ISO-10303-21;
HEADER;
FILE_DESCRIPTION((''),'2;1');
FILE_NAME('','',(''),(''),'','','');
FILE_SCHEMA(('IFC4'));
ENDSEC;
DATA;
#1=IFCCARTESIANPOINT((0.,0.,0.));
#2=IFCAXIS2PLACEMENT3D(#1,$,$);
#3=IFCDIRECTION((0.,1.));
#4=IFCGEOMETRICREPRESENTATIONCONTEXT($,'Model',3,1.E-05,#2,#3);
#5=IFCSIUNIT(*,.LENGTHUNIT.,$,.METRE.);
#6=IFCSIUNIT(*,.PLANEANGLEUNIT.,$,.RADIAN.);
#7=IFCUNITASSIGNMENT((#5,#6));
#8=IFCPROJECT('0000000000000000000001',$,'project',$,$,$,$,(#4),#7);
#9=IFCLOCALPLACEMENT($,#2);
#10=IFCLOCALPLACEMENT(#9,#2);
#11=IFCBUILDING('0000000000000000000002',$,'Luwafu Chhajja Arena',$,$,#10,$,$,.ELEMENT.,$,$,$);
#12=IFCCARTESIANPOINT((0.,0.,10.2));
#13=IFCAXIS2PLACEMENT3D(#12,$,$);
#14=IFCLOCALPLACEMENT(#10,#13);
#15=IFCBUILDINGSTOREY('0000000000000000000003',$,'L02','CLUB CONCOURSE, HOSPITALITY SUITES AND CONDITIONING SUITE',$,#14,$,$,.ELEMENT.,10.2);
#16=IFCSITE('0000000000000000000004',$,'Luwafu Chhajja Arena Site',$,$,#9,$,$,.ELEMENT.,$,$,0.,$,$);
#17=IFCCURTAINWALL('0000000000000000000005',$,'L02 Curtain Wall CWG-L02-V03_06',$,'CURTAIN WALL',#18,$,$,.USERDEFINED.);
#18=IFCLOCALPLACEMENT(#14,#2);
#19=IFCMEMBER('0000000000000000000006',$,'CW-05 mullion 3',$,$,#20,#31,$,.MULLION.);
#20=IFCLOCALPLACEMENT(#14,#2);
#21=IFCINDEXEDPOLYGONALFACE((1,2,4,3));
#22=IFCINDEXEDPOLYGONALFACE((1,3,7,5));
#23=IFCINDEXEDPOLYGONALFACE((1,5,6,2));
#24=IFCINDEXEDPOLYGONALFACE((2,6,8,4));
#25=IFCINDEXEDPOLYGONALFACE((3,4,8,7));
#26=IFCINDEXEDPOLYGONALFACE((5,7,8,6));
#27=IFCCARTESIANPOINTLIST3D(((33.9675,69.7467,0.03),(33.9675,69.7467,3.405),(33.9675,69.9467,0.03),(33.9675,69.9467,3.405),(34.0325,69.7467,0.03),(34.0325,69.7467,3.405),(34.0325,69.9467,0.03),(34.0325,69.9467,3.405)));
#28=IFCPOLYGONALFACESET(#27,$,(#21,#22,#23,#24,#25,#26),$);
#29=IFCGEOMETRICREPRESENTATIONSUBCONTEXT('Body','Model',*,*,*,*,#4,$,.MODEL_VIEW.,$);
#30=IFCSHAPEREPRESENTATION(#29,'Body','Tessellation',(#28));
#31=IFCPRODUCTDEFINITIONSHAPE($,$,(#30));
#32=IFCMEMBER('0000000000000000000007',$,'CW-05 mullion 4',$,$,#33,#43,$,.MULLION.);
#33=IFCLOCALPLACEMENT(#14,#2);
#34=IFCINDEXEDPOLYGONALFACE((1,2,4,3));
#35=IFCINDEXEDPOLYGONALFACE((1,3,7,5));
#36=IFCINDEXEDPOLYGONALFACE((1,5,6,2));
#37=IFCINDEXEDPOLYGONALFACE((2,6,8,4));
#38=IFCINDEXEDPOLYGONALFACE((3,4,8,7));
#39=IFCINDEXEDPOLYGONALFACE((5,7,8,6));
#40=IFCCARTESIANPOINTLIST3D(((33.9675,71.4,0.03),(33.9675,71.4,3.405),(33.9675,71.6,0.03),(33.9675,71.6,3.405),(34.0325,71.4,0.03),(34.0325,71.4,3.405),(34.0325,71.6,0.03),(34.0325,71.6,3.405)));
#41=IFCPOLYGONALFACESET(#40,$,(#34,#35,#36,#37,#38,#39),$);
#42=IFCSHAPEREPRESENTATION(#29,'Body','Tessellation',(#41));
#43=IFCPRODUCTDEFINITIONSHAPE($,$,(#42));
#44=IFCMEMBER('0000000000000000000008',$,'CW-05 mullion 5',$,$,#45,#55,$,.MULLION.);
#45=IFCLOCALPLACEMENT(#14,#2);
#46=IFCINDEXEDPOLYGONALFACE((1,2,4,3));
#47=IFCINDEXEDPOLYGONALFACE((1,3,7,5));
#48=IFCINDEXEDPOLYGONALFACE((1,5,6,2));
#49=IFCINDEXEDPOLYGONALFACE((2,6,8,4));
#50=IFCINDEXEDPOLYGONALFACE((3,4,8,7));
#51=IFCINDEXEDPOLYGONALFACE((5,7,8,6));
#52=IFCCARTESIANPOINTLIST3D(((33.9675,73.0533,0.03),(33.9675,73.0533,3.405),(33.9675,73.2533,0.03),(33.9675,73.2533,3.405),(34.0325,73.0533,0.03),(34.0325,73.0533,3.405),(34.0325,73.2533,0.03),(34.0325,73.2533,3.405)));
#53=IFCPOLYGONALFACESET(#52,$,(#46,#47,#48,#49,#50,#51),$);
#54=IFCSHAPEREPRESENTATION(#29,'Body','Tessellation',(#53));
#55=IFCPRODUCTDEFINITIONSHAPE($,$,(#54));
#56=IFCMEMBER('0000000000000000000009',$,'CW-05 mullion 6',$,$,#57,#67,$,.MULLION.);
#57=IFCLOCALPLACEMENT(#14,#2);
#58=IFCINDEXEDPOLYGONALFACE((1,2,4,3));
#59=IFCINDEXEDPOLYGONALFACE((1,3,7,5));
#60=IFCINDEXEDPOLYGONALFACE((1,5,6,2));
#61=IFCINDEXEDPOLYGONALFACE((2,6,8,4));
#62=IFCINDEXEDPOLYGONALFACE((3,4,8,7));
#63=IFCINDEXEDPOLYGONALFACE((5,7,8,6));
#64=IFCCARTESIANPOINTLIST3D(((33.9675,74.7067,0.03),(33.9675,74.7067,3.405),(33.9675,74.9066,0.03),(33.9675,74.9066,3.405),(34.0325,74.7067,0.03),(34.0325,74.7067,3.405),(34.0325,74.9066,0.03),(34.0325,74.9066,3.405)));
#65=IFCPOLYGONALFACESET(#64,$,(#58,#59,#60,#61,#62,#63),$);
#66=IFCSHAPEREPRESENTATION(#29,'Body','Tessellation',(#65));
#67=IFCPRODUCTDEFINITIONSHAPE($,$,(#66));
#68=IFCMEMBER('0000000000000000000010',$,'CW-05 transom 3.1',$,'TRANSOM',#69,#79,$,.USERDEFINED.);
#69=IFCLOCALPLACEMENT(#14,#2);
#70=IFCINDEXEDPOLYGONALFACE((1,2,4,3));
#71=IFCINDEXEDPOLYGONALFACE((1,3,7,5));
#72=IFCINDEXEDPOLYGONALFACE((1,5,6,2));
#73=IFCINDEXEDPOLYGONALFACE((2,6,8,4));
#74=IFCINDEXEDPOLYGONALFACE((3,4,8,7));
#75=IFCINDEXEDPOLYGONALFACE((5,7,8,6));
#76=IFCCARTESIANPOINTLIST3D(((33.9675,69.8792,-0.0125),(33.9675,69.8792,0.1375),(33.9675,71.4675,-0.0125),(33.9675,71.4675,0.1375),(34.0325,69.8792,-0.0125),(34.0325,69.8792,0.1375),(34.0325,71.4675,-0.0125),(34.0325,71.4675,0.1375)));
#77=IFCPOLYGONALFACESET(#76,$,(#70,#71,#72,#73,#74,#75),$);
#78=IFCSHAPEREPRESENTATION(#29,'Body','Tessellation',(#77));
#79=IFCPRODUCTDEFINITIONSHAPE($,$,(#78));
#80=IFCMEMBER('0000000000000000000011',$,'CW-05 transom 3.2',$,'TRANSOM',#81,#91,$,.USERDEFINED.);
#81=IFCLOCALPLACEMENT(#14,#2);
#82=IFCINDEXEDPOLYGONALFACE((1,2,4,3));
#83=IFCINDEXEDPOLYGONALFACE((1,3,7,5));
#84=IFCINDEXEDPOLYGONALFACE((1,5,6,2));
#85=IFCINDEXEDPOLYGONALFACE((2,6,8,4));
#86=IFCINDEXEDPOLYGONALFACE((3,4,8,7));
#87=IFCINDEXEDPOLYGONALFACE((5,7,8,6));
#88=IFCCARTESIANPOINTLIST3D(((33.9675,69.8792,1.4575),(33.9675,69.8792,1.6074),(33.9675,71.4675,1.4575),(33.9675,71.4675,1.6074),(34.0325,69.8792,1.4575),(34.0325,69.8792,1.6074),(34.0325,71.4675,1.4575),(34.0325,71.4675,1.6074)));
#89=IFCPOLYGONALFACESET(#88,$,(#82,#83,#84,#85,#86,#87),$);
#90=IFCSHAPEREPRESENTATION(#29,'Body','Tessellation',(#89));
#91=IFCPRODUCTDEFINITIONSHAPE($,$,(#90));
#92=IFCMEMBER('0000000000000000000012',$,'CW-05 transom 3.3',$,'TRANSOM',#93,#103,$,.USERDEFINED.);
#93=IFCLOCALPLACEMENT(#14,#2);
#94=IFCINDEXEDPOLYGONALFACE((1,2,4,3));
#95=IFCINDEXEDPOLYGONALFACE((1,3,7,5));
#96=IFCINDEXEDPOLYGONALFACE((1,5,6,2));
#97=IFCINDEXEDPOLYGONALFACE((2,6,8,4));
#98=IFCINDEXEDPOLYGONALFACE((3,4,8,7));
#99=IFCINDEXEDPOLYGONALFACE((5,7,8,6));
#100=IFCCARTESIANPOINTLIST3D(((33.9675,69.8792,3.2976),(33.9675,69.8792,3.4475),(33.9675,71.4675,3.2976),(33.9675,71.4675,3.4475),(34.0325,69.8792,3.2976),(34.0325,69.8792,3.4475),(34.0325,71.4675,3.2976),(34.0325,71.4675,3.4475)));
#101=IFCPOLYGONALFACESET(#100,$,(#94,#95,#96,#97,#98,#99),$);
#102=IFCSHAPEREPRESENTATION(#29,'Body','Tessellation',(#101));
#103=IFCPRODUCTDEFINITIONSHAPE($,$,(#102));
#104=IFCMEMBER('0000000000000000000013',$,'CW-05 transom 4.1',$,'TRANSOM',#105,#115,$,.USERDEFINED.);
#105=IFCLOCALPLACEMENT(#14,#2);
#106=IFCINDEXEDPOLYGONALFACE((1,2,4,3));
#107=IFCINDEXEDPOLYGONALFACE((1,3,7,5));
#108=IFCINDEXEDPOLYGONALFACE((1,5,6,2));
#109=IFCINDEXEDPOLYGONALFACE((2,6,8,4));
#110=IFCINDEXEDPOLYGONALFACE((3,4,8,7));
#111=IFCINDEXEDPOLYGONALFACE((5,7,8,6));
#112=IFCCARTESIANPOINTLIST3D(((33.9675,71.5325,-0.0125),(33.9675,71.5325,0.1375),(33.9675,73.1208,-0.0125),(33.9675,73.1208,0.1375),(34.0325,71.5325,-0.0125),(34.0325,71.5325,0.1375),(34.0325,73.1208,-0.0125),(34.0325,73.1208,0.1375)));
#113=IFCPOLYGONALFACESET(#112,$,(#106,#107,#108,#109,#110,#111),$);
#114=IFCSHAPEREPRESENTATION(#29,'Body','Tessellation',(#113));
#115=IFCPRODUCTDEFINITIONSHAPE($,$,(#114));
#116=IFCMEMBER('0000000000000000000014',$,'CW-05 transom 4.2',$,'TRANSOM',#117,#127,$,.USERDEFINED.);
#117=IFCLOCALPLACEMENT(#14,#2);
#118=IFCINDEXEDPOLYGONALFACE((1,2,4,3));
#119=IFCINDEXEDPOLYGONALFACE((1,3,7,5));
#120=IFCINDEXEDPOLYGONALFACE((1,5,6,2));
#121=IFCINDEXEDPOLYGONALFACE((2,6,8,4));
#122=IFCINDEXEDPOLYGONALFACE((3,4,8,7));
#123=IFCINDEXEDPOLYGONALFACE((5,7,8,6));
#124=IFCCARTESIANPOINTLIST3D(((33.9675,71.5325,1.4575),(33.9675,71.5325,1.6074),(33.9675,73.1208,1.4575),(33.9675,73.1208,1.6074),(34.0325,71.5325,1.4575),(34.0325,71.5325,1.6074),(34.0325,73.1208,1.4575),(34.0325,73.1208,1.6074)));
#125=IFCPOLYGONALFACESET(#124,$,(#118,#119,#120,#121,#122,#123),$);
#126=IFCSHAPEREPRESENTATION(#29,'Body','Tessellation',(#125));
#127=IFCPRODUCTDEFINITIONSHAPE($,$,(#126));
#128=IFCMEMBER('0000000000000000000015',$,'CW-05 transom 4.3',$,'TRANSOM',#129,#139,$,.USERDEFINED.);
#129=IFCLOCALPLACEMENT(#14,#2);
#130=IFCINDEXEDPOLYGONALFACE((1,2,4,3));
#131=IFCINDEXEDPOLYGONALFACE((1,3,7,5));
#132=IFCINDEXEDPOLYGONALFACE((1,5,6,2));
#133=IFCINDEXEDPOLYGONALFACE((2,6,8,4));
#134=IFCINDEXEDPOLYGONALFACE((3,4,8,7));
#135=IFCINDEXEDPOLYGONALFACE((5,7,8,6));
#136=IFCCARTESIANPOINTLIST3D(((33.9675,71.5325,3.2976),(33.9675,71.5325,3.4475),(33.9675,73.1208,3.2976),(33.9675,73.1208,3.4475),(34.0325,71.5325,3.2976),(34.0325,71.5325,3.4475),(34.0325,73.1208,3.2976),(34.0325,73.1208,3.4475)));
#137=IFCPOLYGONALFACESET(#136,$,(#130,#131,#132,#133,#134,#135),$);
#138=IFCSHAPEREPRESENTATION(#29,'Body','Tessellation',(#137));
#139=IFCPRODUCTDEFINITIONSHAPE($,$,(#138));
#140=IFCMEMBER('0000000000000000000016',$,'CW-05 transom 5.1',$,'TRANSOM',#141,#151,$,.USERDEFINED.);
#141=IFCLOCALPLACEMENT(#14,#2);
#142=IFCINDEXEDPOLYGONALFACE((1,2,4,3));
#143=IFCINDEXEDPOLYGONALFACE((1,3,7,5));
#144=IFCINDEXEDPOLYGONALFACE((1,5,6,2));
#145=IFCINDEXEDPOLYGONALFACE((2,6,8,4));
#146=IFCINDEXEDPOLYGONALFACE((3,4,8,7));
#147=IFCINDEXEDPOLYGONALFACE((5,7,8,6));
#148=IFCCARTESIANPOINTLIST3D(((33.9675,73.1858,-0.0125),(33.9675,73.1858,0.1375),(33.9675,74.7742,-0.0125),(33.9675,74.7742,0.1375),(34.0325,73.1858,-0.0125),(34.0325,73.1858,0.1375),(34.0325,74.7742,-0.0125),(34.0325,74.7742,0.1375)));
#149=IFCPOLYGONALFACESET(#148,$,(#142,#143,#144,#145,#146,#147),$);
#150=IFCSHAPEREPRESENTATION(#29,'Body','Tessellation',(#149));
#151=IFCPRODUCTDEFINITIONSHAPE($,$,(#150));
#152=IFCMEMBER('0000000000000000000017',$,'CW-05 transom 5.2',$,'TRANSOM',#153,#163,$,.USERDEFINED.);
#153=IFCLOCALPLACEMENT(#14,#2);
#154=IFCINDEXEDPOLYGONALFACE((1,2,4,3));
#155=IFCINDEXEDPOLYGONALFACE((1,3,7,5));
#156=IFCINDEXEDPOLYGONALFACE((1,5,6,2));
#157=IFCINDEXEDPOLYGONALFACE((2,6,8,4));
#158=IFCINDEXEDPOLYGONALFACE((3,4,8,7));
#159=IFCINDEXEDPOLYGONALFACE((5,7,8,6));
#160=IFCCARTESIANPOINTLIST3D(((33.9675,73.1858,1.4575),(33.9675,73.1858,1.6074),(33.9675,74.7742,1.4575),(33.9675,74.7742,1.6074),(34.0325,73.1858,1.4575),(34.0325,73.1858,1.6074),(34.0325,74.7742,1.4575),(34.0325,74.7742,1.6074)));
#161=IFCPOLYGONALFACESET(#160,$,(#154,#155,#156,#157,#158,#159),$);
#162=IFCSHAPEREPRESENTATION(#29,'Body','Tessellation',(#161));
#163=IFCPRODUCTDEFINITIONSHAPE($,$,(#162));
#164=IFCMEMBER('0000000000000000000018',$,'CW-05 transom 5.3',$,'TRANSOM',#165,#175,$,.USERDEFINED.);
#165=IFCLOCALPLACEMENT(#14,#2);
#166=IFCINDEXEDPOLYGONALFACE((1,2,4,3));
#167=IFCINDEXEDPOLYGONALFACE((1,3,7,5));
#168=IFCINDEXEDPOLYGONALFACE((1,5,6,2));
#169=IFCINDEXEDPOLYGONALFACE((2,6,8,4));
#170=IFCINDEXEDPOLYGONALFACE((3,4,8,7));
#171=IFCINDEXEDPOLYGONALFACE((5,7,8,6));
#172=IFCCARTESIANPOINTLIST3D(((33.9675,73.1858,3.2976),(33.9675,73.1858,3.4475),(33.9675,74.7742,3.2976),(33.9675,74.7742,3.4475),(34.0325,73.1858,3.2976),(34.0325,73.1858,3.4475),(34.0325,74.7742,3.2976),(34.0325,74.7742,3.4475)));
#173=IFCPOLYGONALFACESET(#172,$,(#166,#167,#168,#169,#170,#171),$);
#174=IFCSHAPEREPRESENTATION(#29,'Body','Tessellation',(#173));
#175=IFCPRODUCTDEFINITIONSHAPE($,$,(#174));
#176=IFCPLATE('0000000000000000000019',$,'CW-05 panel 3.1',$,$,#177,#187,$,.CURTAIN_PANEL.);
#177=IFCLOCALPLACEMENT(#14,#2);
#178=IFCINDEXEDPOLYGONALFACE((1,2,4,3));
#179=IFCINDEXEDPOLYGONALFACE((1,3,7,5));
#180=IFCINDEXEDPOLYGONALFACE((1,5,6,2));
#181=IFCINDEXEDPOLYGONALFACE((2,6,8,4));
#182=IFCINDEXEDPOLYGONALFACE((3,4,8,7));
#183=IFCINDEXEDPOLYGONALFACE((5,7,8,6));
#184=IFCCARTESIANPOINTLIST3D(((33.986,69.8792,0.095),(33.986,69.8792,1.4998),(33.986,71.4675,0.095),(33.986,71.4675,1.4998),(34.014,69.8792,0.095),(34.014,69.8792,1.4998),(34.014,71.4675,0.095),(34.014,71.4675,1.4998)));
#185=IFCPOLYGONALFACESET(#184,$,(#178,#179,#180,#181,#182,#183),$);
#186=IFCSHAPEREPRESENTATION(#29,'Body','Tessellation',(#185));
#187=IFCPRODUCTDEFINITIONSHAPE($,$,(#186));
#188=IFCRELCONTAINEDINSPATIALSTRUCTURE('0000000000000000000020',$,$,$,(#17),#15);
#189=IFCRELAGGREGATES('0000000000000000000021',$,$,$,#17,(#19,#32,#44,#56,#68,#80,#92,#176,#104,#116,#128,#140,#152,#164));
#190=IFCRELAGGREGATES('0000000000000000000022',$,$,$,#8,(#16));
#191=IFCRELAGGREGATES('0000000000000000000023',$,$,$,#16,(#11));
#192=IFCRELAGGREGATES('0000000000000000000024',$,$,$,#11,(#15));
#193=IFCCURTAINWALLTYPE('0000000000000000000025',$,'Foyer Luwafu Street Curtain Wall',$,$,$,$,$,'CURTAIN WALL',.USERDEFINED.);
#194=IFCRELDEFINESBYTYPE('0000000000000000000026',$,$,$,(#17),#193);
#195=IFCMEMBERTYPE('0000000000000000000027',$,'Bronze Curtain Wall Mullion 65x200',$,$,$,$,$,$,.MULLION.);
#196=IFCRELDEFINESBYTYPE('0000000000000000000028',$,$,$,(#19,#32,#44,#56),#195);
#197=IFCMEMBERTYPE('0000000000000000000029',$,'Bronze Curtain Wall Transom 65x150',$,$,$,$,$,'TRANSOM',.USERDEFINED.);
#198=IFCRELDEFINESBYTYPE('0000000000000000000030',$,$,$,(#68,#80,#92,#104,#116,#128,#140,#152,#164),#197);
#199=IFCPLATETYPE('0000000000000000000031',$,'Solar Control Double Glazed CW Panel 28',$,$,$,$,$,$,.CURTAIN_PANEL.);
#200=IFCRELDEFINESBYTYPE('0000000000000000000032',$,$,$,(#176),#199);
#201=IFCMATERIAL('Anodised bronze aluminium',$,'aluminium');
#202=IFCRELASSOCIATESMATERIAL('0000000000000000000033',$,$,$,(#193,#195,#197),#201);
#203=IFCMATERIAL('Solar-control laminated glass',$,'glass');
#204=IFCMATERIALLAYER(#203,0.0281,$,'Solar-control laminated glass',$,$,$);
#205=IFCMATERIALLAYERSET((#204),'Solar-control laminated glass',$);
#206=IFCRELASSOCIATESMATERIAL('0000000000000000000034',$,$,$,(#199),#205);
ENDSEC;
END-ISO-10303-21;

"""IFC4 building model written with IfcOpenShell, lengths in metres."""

from ifc_helpers import new_model, si_unit, direction, frame, origin, origin_2d, place, context, subcontext, project, spatial, rectangle, extrude, material, layer, layer_set, material_profile, profile_set, type_object, element, aggregate, save


model = new_model("IFC4")

# Units and contexts
model_context = context("Model", 3, precision=1e-05, world=origin(), true_north=direction((0.0, 1.0)))
body_context = subcontext(model_context, "Body", "Model", "MODEL_VIEW")
ifc_project = project(units=[si_unit("LENGTHUNIT", "METRE"), si_unit("PLANEANGLEUNIT", "RADIAN")], contexts=[model_context])

# Site, building, storey
site_placement = place(None, origin())
site = spatial("IfcSite", under=ifc_project, at=site_placement, Name="Luwafu Chhajja Arena Site", CompositionType="ELEMENT", RefElevation=0.0)
building_placement = place(site_placement, origin())
building = spatial("IfcBuilding", under=site, at=building_placement, Name="Luwafu Chhajja Arena", CompositionType="ELEMENT")
storey_placement = place(building_placement, frame((0.0, 0.0, 10.2)))
storey = spatial("IfcBuildingStorey", under=building, at=storey_placement, Name="L02", Description="CLUB CONCOURSE, HOSPITALITY SUITES AND CONDITIONING SUITE", CompositionType="ELEMENT", Elevation=10.2)

# Curtain wall, members, plate
ifc_material_1 = material(Name="Anodised bronze aluminium", Category="aluminium")
curtain_wall_type = type_object("IfcCurtainWallType", Name="Foyer Luwafu Street Curtain Wall", ElementType="CURTAIN WALL", PredefinedType="USERDEFINED", material=ifc_material_1)
curtain_wall_placement = place(storey_placement, origin())
curtain_wall = element("IfcCurtainWall", 1, at=curtain_wall_placement, inside=storey, type_object=curtain_wall_type, Name="L02 Curtain Wall CWG-L02-V03_06", ObjectType="CURTAIN WALL", PredefinedType="USERDEFINED")
ifc_material_profile_1 = material_profile(ifc_material_1, rectangle(XDim=0.0649, YDim=0.2, at=origin_2d()), Name="CWM 65x200")
ifc_profile_set_1 = profile_set([ifc_material_profile_1], Name="Anodised bronze aluminium")
member_type_1 = type_object("IfcMemberType", Name="Bronze Curtain Wall Mullion 65x200", PredefinedType="MULLION", material=ifc_profile_set_1)
member_1_placement = place(storey_placement, frame((34.0, 69.8467, 0.03), z_axis=(0.0, 0.0, 1.0), x_axis=(-1.0, 0.0, 0.0)))
member_1 = element("IfcMember", 2, at=member_1_placement, type_object=member_type_1, Name="CW-05 mullion 3", PredefinedType="MULLION", context=body_context, shape_type="SweptSolid", body=[
    extrude(rectangle(XDim=0.0649, YDim=0.2, at=origin_2d()), origin(), (0.0, 0.0, 1.0), 3.375),
])
member_2_placement = place(storey_placement, frame((34.0, 71.5, 0.03), z_axis=(0.0, 0.0, 1.0), x_axis=(-1.0, 0.0, 0.0)))
member_2 = element("IfcMember", 3, at=member_2_placement, type_object=member_type_1, Name="CW-05 mullion 4", PredefinedType="MULLION", context=body_context, shape_type="SweptSolid", body=[
    extrude(rectangle(XDim=0.0649, YDim=0.2, at=origin_2d()), origin(), (0.0, 0.0, 1.0), 3.375),
])
member_3_placement = place(storey_placement, frame((34.0, 73.1533, 0.03), z_axis=(0.0, 0.0, 1.0), x_axis=(-1.0, 0.0, 0.0)))
member_3 = element("IfcMember", 4, at=member_3_placement, type_object=member_type_1, Name="CW-05 mullion 5", PredefinedType="MULLION", context=body_context, shape_type="SweptSolid", body=[
    extrude(rectangle(XDim=0.0649, YDim=0.2, at=origin_2d()), origin(), (0.0, 0.0, 1.0), 3.375),
])
member_4_placement = place(storey_placement, frame((34.0, 74.8066, 0.03), z_axis=(0.0, 0.0, 1.0), x_axis=(-1.0, 0.0, 0.0)))
member_4 = element("IfcMember", 5, at=member_4_placement, type_object=member_type_1, Name="CW-05 mullion 6", PredefinedType="MULLION", context=body_context, shape_type="SweptSolid", body=[
    extrude(rectangle(XDim=0.0649, YDim=0.2, at=origin_2d()), origin(), (0.0, 0.0, 1.0), 3.375),
])
ifc_material_profile_2 = material_profile(ifc_material_1, rectangle(XDim=0.0649, YDim=0.1499, at=origin_2d()), Name="CWT 65x150")
ifc_profile_set_2 = profile_set([ifc_material_profile_2], Name="Anodised bronze aluminium")
member_type_2 = type_object("IfcMemberType", Name="Bronze Curtain Wall Transom 65x150", ElementType="TRANSOM", PredefinedType="USERDEFINED", material=ifc_profile_set_2)
member_5_placement = place(storey_placement, frame((34.0, 69.8792, 0.0625), z_axis=(0.0, 1.0, 0.0), x_axis=(-1.0, 0.0, 0.0)))
member_5 = element("IfcMember", 6, at=member_5_placement, type_object=member_type_2, Name="CW-05 transom 3.1", ObjectType="TRANSOM", PredefinedType="USERDEFINED", context=body_context, shape_type="SweptSolid", body=[
    extrude(rectangle(XDim=0.0649, YDim=0.1499, at=origin_2d()), origin(), (0.0, 0.0, 1.0), 1.5884),
])
member_6_placement = place(storey_placement, frame((34.0, 69.8792, 1.5325), z_axis=(0.0, 1.0, 0.0), x_axis=(-1.0, 0.0, 0.0)))
member_6 = element("IfcMember", 7, at=member_6_placement, type_object=member_type_2, Name="CW-05 transom 3.2", ObjectType="TRANSOM", PredefinedType="USERDEFINED", context=body_context, shape_type="SweptSolid", body=[
    extrude(rectangle(XDim=0.0649, YDim=0.1499, at=origin_2d()), origin(), (0.0, 0.0, 1.0), 1.5884),
])
member_7_placement = place(storey_placement, frame((34.0, 69.8792, 3.3726), z_axis=(0.0, 1.0, 0.0), x_axis=(-1.0, 0.0, 0.0)))
member_7 = element("IfcMember", 8, at=member_7_placement, type_object=member_type_2, Name="CW-05 transom 3.3", ObjectType="TRANSOM", PredefinedType="USERDEFINED", context=body_context, shape_type="SweptSolid", body=[
    extrude(rectangle(XDim=0.0649, YDim=0.1499, at=origin_2d()), origin(), (0.0, 0.0, 1.0), 1.5884),
])
member_8_placement = place(storey_placement, frame((34.0, 71.5325, 0.0625), z_axis=(0.0, 1.0, 0.0), x_axis=(-1.0, 0.0, 0.0)))
member_8 = element("IfcMember", 9, at=member_8_placement, type_object=member_type_2, Name="CW-05 transom 4.1", ObjectType="TRANSOM", PredefinedType="USERDEFINED", context=body_context, shape_type="SweptSolid", body=[
    extrude(rectangle(XDim=0.0649, YDim=0.1499, at=origin_2d()), origin(), (0.0, 0.0, 1.0), 1.5884),
])
member_9_placement = place(storey_placement, frame((34.0, 71.5325, 1.5325), z_axis=(0.0, 1.0, 0.0), x_axis=(-1.0, 0.0, 0.0)))
member_9 = element("IfcMember", 10, at=member_9_placement, type_object=member_type_2, Name="CW-05 transom 4.2", ObjectType="TRANSOM", PredefinedType="USERDEFINED", context=body_context, shape_type="SweptSolid", body=[
    extrude(rectangle(XDim=0.0649, YDim=0.1499, at=origin_2d()), origin(), (0.0, 0.0, 1.0), 1.5884),
])
member_10_placement = place(storey_placement, frame((34.0, 71.5325, 3.3726), z_axis=(0.0, 1.0, 0.0), x_axis=(-1.0, 0.0, 0.0)))
member_10 = element("IfcMember", 11, at=member_10_placement, type_object=member_type_2, Name="CW-05 transom 4.3", ObjectType="TRANSOM", PredefinedType="USERDEFINED", context=body_context, shape_type="SweptSolid", body=[
    extrude(rectangle(XDim=0.0649, YDim=0.1499, at=origin_2d()), origin(), (0.0, 0.0, 1.0), 1.5884),
])
member_11_placement = place(storey_placement, frame((34.0, 73.1858, 0.0625), z_axis=(0.0, 1.0, 0.0), x_axis=(-1.0, 0.0, 0.0)))
member_11 = element("IfcMember", 12, at=member_11_placement, type_object=member_type_2, Name="CW-05 transom 5.1", ObjectType="TRANSOM", PredefinedType="USERDEFINED", context=body_context, shape_type="SweptSolid", body=[
    extrude(rectangle(XDim=0.0649, YDim=0.1499, at=origin_2d()), origin(), (0.0, 0.0, 1.0), 1.5884),
])
member_12_placement = place(storey_placement, frame((34.0, 73.1858, 1.5325), z_axis=(0.0, 1.0, 0.0), x_axis=(-1.0, 0.0, 0.0)))
member_12 = element("IfcMember", 13, at=member_12_placement, type_object=member_type_2, Name="CW-05 transom 5.2", ObjectType="TRANSOM", PredefinedType="USERDEFINED", context=body_context, shape_type="SweptSolid", body=[
    extrude(rectangle(XDim=0.0649, YDim=0.1499, at=origin_2d()), origin(), (0.0, 0.0, 1.0), 1.5884),
])
member_13_placement = place(storey_placement, frame((34.0, 73.1858, 3.3726), z_axis=(0.0, 1.0, 0.0), x_axis=(-1.0, 0.0, 0.0)))
member_13 = element("IfcMember", 14, at=member_13_placement, type_object=member_type_2, Name="CW-05 transom 5.3", ObjectType="TRANSOM", PredefinedType="USERDEFINED", context=body_context, shape_type="SweptSolid", body=[
    extrude(rectangle(XDim=0.0649, YDim=0.1499, at=origin_2d()), origin(), (0.0, 0.0, 1.0), 1.5884),
])
ifc_material_2 = material(Name="Solar-control laminated glass", Category="glass")
ifc_layer_1 = layer(ifc_material_2, 0.0281, Name="Solar-control laminated glass")
ifc_layer_set_1 = layer_set([ifc_layer_1], Name="Solar-control laminated glass")
plate_type = type_object("IfcPlateType", Name="Solar Control Double Glazed CW Panel 28", PredefinedType="CURTAIN_PANEL", material=ifc_layer_set_1)
plate_1_placement = place(storey_placement, frame((34.0, 70.6733, 0.095), z_axis=(0.0, 0.0, 1.0), x_axis=(0.0, 1.0, 0.0)))
plate_1 = element("IfcPlate", 15, at=plate_1_placement, type_object=plate_type, Name="CW-05 panel 3.1", PredefinedType="CURTAIN_PANEL", context=body_context, shape_type="SweptSolid", body=[
    extrude(rectangle(XDim=1.5884, YDim=0.0281, at=origin_2d()), origin(), (0.0, 0.0, 1.0), 1.4048),
])
aggregate(curtain_wall, [member_1, member_2, member_3, member_4, member_5, member_6, member_7, plate_1, member_8, member_9, member_10, member_11, member_12, member_13])

save(model, "model.ifc")
